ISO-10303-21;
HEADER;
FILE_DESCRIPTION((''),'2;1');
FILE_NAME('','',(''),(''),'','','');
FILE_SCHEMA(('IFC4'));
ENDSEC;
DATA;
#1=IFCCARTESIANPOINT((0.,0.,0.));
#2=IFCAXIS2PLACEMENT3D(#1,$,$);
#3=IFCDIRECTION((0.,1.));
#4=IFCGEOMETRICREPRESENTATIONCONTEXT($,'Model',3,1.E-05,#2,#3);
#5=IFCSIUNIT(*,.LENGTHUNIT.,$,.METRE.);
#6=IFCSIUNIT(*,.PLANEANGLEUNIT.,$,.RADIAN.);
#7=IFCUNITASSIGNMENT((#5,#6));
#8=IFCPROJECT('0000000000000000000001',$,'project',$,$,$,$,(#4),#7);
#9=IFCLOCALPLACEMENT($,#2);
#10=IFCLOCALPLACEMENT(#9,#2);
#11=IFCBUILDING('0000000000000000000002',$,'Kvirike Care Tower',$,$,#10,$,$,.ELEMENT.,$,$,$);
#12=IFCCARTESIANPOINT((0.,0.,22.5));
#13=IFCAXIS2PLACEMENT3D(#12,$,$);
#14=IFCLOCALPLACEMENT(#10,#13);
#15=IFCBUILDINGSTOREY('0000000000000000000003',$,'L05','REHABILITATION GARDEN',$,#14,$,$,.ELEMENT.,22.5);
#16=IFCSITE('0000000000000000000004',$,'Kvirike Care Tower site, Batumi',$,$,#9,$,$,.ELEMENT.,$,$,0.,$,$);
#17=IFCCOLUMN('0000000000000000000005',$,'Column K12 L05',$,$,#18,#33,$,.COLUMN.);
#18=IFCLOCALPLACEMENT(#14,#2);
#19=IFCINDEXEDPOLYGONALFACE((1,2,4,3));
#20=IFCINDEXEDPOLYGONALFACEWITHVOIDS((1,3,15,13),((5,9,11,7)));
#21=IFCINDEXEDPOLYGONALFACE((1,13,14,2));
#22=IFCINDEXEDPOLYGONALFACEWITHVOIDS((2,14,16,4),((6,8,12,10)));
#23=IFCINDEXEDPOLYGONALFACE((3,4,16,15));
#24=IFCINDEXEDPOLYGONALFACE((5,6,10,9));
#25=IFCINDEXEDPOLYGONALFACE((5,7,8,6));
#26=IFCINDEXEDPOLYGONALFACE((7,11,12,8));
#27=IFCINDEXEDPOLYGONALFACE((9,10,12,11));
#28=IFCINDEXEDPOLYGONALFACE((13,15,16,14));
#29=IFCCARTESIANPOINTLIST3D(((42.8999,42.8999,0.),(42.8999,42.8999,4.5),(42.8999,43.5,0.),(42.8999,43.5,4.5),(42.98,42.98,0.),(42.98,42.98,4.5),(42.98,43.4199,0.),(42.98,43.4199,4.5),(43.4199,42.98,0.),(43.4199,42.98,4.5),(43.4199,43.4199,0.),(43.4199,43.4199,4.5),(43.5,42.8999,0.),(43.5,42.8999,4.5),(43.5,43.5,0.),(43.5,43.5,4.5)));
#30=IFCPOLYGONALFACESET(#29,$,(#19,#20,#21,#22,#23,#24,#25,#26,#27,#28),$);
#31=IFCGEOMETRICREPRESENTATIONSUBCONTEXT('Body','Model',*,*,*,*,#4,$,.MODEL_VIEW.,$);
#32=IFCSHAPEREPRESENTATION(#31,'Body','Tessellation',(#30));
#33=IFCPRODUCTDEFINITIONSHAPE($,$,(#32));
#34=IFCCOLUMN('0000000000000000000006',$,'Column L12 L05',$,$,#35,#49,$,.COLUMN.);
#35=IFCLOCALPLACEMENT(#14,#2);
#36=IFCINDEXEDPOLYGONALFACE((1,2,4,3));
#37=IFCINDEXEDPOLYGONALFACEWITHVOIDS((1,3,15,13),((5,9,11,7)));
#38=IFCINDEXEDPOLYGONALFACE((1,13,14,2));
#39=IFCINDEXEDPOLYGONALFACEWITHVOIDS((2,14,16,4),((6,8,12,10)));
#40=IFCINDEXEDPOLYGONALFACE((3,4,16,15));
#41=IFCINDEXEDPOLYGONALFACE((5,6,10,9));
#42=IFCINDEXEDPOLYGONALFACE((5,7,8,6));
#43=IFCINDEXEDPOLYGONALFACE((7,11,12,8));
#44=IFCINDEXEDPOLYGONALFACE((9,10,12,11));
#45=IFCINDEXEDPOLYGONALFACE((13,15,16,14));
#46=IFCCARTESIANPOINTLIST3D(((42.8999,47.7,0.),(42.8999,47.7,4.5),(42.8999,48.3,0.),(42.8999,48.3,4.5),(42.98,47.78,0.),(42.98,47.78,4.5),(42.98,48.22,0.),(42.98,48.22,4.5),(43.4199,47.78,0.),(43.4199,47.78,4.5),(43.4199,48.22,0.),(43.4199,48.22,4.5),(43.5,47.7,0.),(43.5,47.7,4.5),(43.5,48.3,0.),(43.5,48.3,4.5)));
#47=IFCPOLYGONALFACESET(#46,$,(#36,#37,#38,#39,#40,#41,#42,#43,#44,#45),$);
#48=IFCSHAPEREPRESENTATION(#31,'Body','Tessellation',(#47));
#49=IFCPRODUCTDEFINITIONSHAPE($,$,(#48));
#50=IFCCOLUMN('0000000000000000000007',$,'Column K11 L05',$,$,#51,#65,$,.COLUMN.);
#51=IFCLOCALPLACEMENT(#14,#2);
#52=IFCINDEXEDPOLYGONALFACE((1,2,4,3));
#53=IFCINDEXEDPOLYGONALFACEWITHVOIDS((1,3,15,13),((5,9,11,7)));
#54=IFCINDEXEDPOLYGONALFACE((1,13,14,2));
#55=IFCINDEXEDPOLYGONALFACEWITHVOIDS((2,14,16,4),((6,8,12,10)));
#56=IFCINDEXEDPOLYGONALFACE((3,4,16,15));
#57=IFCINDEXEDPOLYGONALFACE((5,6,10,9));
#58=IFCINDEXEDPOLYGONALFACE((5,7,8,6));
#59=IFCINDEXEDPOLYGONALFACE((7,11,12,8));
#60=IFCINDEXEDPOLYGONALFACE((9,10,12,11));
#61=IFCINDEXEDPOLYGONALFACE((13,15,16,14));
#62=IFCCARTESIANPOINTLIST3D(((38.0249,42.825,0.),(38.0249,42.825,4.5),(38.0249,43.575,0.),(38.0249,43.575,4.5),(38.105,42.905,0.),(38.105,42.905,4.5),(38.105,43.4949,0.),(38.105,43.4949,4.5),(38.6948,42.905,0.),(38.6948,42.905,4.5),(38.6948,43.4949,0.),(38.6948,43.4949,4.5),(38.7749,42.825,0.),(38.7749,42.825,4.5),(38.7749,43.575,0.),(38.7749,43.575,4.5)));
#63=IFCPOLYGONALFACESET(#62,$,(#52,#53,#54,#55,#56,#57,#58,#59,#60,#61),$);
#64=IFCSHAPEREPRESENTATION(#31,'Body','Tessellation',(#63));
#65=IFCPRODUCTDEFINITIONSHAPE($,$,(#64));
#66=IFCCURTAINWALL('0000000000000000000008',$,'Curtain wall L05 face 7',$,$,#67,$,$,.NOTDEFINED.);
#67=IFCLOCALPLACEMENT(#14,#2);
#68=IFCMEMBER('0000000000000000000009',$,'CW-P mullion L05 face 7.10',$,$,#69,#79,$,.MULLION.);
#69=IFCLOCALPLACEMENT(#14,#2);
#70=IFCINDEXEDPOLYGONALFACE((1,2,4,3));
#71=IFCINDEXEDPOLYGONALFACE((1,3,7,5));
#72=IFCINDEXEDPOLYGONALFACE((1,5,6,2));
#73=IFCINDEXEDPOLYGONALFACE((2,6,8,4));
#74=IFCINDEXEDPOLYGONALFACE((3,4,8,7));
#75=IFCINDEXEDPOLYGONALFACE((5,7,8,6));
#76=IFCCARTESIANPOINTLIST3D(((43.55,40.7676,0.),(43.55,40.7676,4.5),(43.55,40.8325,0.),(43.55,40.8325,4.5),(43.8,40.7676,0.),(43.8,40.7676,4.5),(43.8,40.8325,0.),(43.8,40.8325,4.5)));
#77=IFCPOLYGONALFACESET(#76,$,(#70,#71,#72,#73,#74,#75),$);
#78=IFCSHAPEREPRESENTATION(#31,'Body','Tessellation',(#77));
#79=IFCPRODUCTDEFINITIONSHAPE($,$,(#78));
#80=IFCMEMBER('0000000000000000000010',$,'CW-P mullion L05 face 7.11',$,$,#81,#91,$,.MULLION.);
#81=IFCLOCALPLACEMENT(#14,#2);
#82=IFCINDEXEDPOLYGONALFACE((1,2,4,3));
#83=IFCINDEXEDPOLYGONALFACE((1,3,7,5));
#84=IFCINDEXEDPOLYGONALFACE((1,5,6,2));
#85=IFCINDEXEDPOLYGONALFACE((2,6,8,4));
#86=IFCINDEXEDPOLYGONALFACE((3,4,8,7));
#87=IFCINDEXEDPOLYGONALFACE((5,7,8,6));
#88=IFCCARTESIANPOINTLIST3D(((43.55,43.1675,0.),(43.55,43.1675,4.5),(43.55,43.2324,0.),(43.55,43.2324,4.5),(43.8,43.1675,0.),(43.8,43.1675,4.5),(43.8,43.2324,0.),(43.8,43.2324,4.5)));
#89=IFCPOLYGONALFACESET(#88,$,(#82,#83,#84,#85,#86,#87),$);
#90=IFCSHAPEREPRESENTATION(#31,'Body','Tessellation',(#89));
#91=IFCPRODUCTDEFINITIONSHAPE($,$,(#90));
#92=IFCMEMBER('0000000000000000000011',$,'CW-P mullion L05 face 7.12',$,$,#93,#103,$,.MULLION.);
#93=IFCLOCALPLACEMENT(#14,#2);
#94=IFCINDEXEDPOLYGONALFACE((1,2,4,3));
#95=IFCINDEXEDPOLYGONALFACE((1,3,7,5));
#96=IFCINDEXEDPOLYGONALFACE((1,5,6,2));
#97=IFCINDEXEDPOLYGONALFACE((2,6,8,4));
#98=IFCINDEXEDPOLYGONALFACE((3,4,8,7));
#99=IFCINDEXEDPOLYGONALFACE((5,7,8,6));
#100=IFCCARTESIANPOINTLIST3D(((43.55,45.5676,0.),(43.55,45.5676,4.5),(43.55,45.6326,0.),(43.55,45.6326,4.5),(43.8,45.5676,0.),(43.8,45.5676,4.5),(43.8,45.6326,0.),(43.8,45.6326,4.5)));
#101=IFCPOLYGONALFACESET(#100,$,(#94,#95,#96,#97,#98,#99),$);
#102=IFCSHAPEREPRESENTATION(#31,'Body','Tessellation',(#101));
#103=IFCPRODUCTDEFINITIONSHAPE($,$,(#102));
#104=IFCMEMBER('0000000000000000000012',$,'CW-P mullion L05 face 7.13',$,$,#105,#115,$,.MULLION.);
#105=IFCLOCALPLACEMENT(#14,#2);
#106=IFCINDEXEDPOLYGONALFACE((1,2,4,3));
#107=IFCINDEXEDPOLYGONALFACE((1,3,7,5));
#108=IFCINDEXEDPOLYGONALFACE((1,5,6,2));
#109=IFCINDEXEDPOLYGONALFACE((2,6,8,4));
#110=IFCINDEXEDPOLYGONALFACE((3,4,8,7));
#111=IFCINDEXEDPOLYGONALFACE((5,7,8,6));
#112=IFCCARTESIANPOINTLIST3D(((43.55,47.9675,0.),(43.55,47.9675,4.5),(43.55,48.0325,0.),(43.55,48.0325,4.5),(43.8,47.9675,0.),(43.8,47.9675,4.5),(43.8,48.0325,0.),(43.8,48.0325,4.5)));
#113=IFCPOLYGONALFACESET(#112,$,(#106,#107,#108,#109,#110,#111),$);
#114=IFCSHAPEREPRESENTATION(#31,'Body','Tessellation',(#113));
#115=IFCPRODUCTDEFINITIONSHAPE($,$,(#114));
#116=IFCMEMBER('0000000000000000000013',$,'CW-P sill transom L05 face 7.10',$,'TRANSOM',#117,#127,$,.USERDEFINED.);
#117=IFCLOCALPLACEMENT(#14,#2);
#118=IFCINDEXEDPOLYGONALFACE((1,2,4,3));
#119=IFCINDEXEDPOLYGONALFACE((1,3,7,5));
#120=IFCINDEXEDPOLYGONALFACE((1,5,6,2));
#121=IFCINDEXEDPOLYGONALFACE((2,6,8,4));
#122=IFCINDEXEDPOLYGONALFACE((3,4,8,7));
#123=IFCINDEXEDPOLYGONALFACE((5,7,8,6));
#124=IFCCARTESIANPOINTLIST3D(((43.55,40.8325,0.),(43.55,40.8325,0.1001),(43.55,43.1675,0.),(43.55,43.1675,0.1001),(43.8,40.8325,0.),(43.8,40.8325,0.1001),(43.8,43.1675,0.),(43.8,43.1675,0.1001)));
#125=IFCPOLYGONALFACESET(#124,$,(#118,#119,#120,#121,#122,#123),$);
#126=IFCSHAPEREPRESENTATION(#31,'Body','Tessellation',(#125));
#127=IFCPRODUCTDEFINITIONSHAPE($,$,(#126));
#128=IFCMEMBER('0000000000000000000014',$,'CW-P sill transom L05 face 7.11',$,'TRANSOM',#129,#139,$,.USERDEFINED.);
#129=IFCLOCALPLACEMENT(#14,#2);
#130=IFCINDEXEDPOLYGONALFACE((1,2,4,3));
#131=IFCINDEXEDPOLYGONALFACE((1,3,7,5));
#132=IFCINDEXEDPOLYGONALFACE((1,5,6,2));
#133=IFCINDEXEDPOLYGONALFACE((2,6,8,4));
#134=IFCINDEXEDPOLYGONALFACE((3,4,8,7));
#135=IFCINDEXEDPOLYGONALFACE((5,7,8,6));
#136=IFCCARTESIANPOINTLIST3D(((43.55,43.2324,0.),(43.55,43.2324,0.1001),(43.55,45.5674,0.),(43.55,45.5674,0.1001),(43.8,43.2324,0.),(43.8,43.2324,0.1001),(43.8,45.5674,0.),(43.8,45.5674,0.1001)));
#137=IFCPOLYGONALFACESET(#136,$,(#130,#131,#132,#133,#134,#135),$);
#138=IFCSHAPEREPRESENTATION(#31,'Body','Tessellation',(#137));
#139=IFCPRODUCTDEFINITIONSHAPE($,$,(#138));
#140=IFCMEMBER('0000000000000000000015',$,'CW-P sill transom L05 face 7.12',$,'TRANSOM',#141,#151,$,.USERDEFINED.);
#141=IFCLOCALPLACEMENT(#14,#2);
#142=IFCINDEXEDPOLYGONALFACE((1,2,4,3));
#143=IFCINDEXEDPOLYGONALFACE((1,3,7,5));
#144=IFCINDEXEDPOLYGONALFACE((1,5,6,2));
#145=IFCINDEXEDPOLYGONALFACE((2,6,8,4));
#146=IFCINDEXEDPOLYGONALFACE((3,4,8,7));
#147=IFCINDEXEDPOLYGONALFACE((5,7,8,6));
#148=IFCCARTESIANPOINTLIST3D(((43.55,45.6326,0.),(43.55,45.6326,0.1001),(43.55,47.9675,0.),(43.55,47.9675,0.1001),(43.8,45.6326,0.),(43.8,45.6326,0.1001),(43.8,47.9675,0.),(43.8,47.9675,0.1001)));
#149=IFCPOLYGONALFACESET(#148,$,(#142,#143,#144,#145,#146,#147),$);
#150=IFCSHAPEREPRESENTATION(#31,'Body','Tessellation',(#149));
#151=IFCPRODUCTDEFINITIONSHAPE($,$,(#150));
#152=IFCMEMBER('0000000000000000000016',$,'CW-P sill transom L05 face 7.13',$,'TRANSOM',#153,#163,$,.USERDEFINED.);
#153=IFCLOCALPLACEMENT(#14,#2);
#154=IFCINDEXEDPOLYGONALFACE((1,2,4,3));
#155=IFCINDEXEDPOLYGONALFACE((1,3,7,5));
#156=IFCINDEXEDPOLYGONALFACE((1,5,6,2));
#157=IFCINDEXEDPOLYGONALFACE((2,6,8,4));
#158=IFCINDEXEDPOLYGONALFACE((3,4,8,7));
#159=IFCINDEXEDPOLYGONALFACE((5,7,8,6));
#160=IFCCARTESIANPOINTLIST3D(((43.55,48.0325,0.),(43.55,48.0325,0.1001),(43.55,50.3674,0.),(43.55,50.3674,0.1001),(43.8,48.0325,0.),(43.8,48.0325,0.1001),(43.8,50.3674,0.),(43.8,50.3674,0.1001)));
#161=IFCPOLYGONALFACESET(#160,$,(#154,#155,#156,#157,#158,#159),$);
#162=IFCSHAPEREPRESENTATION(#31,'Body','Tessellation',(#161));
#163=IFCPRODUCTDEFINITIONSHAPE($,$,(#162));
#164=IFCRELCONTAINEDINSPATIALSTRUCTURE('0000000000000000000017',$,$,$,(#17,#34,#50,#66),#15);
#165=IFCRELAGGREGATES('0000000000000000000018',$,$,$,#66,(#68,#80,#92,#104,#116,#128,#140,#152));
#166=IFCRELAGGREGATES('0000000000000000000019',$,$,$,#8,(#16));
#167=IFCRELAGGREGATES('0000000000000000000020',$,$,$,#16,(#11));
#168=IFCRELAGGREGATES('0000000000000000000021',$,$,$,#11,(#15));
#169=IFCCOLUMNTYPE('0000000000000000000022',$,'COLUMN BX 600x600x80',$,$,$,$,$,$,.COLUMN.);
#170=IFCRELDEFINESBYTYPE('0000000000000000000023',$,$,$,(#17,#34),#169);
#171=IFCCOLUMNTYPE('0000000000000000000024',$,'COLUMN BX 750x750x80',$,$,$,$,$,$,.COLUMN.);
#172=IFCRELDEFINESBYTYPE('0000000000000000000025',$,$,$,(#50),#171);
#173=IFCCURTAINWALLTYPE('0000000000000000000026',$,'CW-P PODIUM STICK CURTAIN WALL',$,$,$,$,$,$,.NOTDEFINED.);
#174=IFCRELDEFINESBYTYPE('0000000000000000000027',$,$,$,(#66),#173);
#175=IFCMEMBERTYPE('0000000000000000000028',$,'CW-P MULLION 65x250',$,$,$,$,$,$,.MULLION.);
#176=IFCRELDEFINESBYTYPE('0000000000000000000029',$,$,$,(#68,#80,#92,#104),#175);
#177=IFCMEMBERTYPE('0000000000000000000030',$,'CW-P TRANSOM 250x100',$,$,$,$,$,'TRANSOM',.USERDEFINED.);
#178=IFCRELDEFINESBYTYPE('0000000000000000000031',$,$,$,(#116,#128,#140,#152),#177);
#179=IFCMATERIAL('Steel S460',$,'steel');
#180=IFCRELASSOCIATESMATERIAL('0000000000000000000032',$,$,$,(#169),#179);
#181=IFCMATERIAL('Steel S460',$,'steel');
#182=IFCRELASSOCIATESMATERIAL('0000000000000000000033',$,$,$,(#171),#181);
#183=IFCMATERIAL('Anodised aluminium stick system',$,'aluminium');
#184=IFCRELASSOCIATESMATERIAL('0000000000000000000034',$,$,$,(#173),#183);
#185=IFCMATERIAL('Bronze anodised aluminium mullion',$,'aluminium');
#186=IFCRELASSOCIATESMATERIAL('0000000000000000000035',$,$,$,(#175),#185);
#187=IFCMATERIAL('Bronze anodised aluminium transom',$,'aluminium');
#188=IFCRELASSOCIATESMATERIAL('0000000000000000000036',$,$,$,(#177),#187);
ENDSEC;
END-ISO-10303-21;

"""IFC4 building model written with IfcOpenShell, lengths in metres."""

from ifc_helpers import new_model, si_unit, direction, frame, origin, origin_2d, place, context, subcontext, project, spatial, rectangle, hollow_rectangle, extrude, material, material_profile, profile_set, type_object, element, aggregate, save


model = new_model("IFC4")

# Units and contexts
model_context = context("Model", 3, precision=1e-05, world=origin(), true_north=direction((0.0, 1.0)))
body_context = subcontext(model_context, "Body", "Model", "MODEL_VIEW")
ifc_project = project(units=[si_unit("LENGTHUNIT", "METRE"), si_unit("PLANEANGLEUNIT", "RADIAN")], contexts=[model_context])

# Site, building, storey
site_placement = place(None, origin())
site = spatial("IfcSite", under=ifc_project, at=site_placement, Name="Kvirike Care Tower site, Batumi", CompositionType="ELEMENT", RefElevation=0.0)
building_placement = place(site_placement, origin())
building = spatial("IfcBuilding", under=site, at=building_placement, Name="Kvirike Care Tower", CompositionType="ELEMENT")
storey_placement = place(building_placement, frame((0.0, 0.0, 22.5)))
storey = spatial("IfcBuildingStorey", under=building, at=storey_placement, Name="L05", Description="REHABILITATION GARDEN", CompositionType="ELEMENT", Elevation=22.5)

# Columns
ifc_material_1 = material(Name="Steel S460", Category="steel")
ifc_material_profile_1 = material_profile(ifc_material_1, hollow_rectangle(XDim=0.6001, YDim=0.6001, WallThickness=0.0801, at=origin_2d()), Name="BX 600x600x80")
ifc_profile_set_1 = profile_set([ifc_material_profile_1], Name="Steel S460")
column_type_1 = type_object("IfcColumnType", Name="COLUMN BX 600x600x80", PredefinedType="COLUMN", material=ifc_profile_set_1)
for number, where, z_axis, x_axis, name in (
    (1, (43.2, 43.2, 0.0), (0.0, 0.0, 1.0), (0.0, 1.0, 0.0), "Column K12 L05"),
    (2, (43.2, 48.0, 0.0), (0.0, 0.0, 1.0), (1.0, 0.0, 0.0), "Column L12 L05"),
):
    element("IfcColumn", number, at=place(storey_placement, frame(where, z_axis=z_axis, x_axis=x_axis)), inside=storey, type_object=column_type_1, Name=name, PredefinedType="COLUMN", context=body_context, shape_type="SweptSolid", body=[
        extrude(hollow_rectangle(XDim=0.6001, YDim=0.6001, WallThickness=0.0801, at=origin_2d()), origin(), (0.0, 0.0, 1.0), 4.5),
    ])
ifc_material_2 = material(Name="Steel S460", Category="steel")
ifc_material_profile_2 = material_profile(ifc_material_2, hollow_rectangle(XDim=0.75, YDim=0.75, WallThickness=0.0801, at=origin_2d()), Name="BX 750x750x80")
ifc_profile_set_2 = profile_set([ifc_material_profile_2], Name="Steel S460")
column_type_2 = type_object("IfcColumnType", Name="COLUMN BX 750x750x80", PredefinedType="COLUMN", material=ifc_profile_set_2)
column_placement = place(storey_placement, frame((38.3999, 43.2, 0.0), z_axis=(0.0, 0.0, 1.0), x_axis=(0.0, 1.0, 0.0)))
element("IfcColumn", 3, at=column_placement, inside=storey, type_object=column_type_2, Name="Column K11 L05", PredefinedType="COLUMN", context=body_context, shape_type="SweptSolid", body=[
    extrude(hollow_rectangle(XDim=0.75, YDim=0.75, WallThickness=0.0801, at=origin_2d()), origin(), (0.0, 0.0, 1.0), 4.5),
])

# Curtain wall, members
ifc_material_3 = material(Name="Anodised aluminium stick system", Category="aluminium")
curtain_wall_type = type_object("IfcCurtainWallType", Name="CW-P PODIUM STICK CURTAIN WALL", PredefinedType="NOTDEFINED", material=ifc_material_3)
curtain_wall_placement = place(storey_placement, origin())
curtain_wall = element("IfcCurtainWall", 4, at=curtain_wall_placement, inside=storey, type_object=curtain_wall_type, Name="Curtain wall L05 face 7", PredefinedType="NOTDEFINED")
ifc_material_4 = material(Name="Bronze anodised aluminium mullion", Category="aluminium")
ifc_material_profile_3 = material_profile(ifc_material_4, rectangle(XDim=0.0649, YDim=0.25, at=origin_2d()), Name="CW-P MULLION 65x250")
ifc_profile_set_3 = profile_set([ifc_material_profile_3], Name="Bronze anodised aluminium mullion")
member_type_1 = type_object("IfcMemberType", Name="CW-P MULLION 65x250", PredefinedType="MULLION", material=ifc_profile_set_3)
member_1_placement = place(storey_placement, frame((43.675, 40.8, 0.0), z_axis=(0.0, 0.0, 1.0), x_axis=(0.0, 1.0, 0.0)))
member_1 = element("IfcMember", 5, at=member_1_placement, type_object=member_type_1, Name="CW-P mullion L05 face 7.10", PredefinedType="MULLION", context=body_context, shape_type="SweptSolid", body=[
    extrude(rectangle(XDim=0.0649, YDim=0.25, at=origin_2d()), origin(), (0.0, 0.0, 1.0), 4.5),
])
member_2_placement = place(storey_placement, frame((43.675, 43.2, 0.0), z_axis=(0.0, 0.0, 1.0), x_axis=(0.0, 1.0, 0.0)))
member_2 = element("IfcMember", 6, at=member_2_placement, type_object=member_type_1, Name="CW-P mullion L05 face 7.11", PredefinedType="MULLION", context=body_context, shape_type="SweptSolid", body=[
    extrude(rectangle(XDim=0.0649, YDim=0.25, at=origin_2d()), origin(), (0.0, 0.0, 1.0), 4.5),
])
member_3_placement = place(storey_placement, frame((43.675, 45.6001, 0.0), z_axis=(0.0, 0.0, 1.0), x_axis=(0.0, 1.0, 0.0)))
member_3 = element("IfcMember", 7, at=member_3_placement, type_object=member_type_1, Name="CW-P mullion L05 face 7.12", PredefinedType="MULLION", context=body_context, shape_type="SweptSolid", body=[
    extrude(rectangle(XDim=0.0649, YDim=0.25, at=origin_2d()), origin(), (0.0, 0.0, 1.0), 4.5),
])
member_4_placement = place(storey_placement, frame((43.675, 48.0, 0.0), z_axis=(0.0, 0.0, 1.0), x_axis=(0.0, 1.0, 0.0)))
member_4 = element("IfcMember", 8, at=member_4_placement, type_object=member_type_1, Name="CW-P mullion L05 face 7.13", PredefinedType="MULLION", context=body_context, shape_type="SweptSolid", body=[
    extrude(rectangle(XDim=0.0649, YDim=0.25, at=origin_2d()), origin(), (0.0, 0.0, 1.0), 4.5),
])
ifc_material_5 = material(Name="Bronze anodised aluminium transom", Category="aluminium")
ifc_material_profile_4 = material_profile(ifc_material_5, rectangle(XDim=0.25, YDim=0.1001, at=origin_2d()), Name="CW-P TRANSOM 250x100")
ifc_profile_set_4 = profile_set([ifc_material_profile_4], Name="Bronze anodised aluminium transom")
member_type_2 = type_object("IfcMemberType", Name="CW-P TRANSOM 250x100", ElementType="TRANSOM", PredefinedType="USERDEFINED", material=ifc_profile_set_4)
member_5_placement = place(storey_placement, frame((43.675, 40.8325, 0.05), z_axis=(0.0, 1.0, 0.0), x_axis=(-1.0, 0.0, 0.0)))
member_5 = element("IfcMember", 9, at=member_5_placement, type_object=member_type_2, Name="CW-P sill transom L05 face 7.10", ObjectType="TRANSOM", PredefinedType="USERDEFINED", context=body_context, shape_type="SweptSolid", body=[
    extrude(rectangle(XDim=0.25, YDim=0.1001, at=origin_2d()), origin(), (0.0, 0.0, 1.0), 2.335),
])
member_6_placement = place(storey_placement, frame((43.675, 43.2324, 0.05), z_axis=(0.0, 1.0, 0.0), x_axis=(-1.0, 0.0, 0.0)))
member_6 = element("IfcMember", 10, at=member_6_placement, type_object=member_type_2, Name="CW-P sill transom L05 face 7.11", ObjectType="TRANSOM", PredefinedType="USERDEFINED", context=body_context, shape_type="SweptSolid", body=[
    extrude(rectangle(XDim=0.25, YDim=0.1001, at=origin_2d()), origin(), (0.0, 0.0, 1.0), 2.335),
])
member_7_placement = place(storey_placement, frame((43.675, 45.6326, 0.05), z_axis=(0.0, 1.0, 0.0), x_axis=(-1.0, 0.0, 0.0)))
member_7 = element("IfcMember", 11, at=member_7_placement, type_object=member_type_2, Name="CW-P sill transom L05 face 7.12", ObjectType="TRANSOM", PredefinedType="USERDEFINED", context=body_context, shape_type="SweptSolid", body=[
    extrude(rectangle(XDim=0.25, YDim=0.1001, at=origin_2d()), origin(), (0.0, 0.0, 1.0), 2.335),
])
member_8_placement = place(storey_placement, frame((43.675, 48.0325, 0.05), z_axis=(0.0, 1.0, 0.0), x_axis=(-1.0, 0.0, 0.0)))
member_8 = element("IfcMember", 12, at=member_8_placement, type_object=member_type_2, Name="CW-P sill transom L05 face 7.13", ObjectType="TRANSOM", PredefinedType="USERDEFINED", context=body_context, shape_type="SweptSolid", body=[
    extrude(rectangle(XDim=0.25, YDim=0.1001, at=origin_2d()), origin(), (0.0, 0.0, 1.0), 2.335),
])

aggregate(curtain_wall, [member_1, member_2, member_3, member_4, member_5, member_6, member_7, member_8])

save(model, "model.ifc")
